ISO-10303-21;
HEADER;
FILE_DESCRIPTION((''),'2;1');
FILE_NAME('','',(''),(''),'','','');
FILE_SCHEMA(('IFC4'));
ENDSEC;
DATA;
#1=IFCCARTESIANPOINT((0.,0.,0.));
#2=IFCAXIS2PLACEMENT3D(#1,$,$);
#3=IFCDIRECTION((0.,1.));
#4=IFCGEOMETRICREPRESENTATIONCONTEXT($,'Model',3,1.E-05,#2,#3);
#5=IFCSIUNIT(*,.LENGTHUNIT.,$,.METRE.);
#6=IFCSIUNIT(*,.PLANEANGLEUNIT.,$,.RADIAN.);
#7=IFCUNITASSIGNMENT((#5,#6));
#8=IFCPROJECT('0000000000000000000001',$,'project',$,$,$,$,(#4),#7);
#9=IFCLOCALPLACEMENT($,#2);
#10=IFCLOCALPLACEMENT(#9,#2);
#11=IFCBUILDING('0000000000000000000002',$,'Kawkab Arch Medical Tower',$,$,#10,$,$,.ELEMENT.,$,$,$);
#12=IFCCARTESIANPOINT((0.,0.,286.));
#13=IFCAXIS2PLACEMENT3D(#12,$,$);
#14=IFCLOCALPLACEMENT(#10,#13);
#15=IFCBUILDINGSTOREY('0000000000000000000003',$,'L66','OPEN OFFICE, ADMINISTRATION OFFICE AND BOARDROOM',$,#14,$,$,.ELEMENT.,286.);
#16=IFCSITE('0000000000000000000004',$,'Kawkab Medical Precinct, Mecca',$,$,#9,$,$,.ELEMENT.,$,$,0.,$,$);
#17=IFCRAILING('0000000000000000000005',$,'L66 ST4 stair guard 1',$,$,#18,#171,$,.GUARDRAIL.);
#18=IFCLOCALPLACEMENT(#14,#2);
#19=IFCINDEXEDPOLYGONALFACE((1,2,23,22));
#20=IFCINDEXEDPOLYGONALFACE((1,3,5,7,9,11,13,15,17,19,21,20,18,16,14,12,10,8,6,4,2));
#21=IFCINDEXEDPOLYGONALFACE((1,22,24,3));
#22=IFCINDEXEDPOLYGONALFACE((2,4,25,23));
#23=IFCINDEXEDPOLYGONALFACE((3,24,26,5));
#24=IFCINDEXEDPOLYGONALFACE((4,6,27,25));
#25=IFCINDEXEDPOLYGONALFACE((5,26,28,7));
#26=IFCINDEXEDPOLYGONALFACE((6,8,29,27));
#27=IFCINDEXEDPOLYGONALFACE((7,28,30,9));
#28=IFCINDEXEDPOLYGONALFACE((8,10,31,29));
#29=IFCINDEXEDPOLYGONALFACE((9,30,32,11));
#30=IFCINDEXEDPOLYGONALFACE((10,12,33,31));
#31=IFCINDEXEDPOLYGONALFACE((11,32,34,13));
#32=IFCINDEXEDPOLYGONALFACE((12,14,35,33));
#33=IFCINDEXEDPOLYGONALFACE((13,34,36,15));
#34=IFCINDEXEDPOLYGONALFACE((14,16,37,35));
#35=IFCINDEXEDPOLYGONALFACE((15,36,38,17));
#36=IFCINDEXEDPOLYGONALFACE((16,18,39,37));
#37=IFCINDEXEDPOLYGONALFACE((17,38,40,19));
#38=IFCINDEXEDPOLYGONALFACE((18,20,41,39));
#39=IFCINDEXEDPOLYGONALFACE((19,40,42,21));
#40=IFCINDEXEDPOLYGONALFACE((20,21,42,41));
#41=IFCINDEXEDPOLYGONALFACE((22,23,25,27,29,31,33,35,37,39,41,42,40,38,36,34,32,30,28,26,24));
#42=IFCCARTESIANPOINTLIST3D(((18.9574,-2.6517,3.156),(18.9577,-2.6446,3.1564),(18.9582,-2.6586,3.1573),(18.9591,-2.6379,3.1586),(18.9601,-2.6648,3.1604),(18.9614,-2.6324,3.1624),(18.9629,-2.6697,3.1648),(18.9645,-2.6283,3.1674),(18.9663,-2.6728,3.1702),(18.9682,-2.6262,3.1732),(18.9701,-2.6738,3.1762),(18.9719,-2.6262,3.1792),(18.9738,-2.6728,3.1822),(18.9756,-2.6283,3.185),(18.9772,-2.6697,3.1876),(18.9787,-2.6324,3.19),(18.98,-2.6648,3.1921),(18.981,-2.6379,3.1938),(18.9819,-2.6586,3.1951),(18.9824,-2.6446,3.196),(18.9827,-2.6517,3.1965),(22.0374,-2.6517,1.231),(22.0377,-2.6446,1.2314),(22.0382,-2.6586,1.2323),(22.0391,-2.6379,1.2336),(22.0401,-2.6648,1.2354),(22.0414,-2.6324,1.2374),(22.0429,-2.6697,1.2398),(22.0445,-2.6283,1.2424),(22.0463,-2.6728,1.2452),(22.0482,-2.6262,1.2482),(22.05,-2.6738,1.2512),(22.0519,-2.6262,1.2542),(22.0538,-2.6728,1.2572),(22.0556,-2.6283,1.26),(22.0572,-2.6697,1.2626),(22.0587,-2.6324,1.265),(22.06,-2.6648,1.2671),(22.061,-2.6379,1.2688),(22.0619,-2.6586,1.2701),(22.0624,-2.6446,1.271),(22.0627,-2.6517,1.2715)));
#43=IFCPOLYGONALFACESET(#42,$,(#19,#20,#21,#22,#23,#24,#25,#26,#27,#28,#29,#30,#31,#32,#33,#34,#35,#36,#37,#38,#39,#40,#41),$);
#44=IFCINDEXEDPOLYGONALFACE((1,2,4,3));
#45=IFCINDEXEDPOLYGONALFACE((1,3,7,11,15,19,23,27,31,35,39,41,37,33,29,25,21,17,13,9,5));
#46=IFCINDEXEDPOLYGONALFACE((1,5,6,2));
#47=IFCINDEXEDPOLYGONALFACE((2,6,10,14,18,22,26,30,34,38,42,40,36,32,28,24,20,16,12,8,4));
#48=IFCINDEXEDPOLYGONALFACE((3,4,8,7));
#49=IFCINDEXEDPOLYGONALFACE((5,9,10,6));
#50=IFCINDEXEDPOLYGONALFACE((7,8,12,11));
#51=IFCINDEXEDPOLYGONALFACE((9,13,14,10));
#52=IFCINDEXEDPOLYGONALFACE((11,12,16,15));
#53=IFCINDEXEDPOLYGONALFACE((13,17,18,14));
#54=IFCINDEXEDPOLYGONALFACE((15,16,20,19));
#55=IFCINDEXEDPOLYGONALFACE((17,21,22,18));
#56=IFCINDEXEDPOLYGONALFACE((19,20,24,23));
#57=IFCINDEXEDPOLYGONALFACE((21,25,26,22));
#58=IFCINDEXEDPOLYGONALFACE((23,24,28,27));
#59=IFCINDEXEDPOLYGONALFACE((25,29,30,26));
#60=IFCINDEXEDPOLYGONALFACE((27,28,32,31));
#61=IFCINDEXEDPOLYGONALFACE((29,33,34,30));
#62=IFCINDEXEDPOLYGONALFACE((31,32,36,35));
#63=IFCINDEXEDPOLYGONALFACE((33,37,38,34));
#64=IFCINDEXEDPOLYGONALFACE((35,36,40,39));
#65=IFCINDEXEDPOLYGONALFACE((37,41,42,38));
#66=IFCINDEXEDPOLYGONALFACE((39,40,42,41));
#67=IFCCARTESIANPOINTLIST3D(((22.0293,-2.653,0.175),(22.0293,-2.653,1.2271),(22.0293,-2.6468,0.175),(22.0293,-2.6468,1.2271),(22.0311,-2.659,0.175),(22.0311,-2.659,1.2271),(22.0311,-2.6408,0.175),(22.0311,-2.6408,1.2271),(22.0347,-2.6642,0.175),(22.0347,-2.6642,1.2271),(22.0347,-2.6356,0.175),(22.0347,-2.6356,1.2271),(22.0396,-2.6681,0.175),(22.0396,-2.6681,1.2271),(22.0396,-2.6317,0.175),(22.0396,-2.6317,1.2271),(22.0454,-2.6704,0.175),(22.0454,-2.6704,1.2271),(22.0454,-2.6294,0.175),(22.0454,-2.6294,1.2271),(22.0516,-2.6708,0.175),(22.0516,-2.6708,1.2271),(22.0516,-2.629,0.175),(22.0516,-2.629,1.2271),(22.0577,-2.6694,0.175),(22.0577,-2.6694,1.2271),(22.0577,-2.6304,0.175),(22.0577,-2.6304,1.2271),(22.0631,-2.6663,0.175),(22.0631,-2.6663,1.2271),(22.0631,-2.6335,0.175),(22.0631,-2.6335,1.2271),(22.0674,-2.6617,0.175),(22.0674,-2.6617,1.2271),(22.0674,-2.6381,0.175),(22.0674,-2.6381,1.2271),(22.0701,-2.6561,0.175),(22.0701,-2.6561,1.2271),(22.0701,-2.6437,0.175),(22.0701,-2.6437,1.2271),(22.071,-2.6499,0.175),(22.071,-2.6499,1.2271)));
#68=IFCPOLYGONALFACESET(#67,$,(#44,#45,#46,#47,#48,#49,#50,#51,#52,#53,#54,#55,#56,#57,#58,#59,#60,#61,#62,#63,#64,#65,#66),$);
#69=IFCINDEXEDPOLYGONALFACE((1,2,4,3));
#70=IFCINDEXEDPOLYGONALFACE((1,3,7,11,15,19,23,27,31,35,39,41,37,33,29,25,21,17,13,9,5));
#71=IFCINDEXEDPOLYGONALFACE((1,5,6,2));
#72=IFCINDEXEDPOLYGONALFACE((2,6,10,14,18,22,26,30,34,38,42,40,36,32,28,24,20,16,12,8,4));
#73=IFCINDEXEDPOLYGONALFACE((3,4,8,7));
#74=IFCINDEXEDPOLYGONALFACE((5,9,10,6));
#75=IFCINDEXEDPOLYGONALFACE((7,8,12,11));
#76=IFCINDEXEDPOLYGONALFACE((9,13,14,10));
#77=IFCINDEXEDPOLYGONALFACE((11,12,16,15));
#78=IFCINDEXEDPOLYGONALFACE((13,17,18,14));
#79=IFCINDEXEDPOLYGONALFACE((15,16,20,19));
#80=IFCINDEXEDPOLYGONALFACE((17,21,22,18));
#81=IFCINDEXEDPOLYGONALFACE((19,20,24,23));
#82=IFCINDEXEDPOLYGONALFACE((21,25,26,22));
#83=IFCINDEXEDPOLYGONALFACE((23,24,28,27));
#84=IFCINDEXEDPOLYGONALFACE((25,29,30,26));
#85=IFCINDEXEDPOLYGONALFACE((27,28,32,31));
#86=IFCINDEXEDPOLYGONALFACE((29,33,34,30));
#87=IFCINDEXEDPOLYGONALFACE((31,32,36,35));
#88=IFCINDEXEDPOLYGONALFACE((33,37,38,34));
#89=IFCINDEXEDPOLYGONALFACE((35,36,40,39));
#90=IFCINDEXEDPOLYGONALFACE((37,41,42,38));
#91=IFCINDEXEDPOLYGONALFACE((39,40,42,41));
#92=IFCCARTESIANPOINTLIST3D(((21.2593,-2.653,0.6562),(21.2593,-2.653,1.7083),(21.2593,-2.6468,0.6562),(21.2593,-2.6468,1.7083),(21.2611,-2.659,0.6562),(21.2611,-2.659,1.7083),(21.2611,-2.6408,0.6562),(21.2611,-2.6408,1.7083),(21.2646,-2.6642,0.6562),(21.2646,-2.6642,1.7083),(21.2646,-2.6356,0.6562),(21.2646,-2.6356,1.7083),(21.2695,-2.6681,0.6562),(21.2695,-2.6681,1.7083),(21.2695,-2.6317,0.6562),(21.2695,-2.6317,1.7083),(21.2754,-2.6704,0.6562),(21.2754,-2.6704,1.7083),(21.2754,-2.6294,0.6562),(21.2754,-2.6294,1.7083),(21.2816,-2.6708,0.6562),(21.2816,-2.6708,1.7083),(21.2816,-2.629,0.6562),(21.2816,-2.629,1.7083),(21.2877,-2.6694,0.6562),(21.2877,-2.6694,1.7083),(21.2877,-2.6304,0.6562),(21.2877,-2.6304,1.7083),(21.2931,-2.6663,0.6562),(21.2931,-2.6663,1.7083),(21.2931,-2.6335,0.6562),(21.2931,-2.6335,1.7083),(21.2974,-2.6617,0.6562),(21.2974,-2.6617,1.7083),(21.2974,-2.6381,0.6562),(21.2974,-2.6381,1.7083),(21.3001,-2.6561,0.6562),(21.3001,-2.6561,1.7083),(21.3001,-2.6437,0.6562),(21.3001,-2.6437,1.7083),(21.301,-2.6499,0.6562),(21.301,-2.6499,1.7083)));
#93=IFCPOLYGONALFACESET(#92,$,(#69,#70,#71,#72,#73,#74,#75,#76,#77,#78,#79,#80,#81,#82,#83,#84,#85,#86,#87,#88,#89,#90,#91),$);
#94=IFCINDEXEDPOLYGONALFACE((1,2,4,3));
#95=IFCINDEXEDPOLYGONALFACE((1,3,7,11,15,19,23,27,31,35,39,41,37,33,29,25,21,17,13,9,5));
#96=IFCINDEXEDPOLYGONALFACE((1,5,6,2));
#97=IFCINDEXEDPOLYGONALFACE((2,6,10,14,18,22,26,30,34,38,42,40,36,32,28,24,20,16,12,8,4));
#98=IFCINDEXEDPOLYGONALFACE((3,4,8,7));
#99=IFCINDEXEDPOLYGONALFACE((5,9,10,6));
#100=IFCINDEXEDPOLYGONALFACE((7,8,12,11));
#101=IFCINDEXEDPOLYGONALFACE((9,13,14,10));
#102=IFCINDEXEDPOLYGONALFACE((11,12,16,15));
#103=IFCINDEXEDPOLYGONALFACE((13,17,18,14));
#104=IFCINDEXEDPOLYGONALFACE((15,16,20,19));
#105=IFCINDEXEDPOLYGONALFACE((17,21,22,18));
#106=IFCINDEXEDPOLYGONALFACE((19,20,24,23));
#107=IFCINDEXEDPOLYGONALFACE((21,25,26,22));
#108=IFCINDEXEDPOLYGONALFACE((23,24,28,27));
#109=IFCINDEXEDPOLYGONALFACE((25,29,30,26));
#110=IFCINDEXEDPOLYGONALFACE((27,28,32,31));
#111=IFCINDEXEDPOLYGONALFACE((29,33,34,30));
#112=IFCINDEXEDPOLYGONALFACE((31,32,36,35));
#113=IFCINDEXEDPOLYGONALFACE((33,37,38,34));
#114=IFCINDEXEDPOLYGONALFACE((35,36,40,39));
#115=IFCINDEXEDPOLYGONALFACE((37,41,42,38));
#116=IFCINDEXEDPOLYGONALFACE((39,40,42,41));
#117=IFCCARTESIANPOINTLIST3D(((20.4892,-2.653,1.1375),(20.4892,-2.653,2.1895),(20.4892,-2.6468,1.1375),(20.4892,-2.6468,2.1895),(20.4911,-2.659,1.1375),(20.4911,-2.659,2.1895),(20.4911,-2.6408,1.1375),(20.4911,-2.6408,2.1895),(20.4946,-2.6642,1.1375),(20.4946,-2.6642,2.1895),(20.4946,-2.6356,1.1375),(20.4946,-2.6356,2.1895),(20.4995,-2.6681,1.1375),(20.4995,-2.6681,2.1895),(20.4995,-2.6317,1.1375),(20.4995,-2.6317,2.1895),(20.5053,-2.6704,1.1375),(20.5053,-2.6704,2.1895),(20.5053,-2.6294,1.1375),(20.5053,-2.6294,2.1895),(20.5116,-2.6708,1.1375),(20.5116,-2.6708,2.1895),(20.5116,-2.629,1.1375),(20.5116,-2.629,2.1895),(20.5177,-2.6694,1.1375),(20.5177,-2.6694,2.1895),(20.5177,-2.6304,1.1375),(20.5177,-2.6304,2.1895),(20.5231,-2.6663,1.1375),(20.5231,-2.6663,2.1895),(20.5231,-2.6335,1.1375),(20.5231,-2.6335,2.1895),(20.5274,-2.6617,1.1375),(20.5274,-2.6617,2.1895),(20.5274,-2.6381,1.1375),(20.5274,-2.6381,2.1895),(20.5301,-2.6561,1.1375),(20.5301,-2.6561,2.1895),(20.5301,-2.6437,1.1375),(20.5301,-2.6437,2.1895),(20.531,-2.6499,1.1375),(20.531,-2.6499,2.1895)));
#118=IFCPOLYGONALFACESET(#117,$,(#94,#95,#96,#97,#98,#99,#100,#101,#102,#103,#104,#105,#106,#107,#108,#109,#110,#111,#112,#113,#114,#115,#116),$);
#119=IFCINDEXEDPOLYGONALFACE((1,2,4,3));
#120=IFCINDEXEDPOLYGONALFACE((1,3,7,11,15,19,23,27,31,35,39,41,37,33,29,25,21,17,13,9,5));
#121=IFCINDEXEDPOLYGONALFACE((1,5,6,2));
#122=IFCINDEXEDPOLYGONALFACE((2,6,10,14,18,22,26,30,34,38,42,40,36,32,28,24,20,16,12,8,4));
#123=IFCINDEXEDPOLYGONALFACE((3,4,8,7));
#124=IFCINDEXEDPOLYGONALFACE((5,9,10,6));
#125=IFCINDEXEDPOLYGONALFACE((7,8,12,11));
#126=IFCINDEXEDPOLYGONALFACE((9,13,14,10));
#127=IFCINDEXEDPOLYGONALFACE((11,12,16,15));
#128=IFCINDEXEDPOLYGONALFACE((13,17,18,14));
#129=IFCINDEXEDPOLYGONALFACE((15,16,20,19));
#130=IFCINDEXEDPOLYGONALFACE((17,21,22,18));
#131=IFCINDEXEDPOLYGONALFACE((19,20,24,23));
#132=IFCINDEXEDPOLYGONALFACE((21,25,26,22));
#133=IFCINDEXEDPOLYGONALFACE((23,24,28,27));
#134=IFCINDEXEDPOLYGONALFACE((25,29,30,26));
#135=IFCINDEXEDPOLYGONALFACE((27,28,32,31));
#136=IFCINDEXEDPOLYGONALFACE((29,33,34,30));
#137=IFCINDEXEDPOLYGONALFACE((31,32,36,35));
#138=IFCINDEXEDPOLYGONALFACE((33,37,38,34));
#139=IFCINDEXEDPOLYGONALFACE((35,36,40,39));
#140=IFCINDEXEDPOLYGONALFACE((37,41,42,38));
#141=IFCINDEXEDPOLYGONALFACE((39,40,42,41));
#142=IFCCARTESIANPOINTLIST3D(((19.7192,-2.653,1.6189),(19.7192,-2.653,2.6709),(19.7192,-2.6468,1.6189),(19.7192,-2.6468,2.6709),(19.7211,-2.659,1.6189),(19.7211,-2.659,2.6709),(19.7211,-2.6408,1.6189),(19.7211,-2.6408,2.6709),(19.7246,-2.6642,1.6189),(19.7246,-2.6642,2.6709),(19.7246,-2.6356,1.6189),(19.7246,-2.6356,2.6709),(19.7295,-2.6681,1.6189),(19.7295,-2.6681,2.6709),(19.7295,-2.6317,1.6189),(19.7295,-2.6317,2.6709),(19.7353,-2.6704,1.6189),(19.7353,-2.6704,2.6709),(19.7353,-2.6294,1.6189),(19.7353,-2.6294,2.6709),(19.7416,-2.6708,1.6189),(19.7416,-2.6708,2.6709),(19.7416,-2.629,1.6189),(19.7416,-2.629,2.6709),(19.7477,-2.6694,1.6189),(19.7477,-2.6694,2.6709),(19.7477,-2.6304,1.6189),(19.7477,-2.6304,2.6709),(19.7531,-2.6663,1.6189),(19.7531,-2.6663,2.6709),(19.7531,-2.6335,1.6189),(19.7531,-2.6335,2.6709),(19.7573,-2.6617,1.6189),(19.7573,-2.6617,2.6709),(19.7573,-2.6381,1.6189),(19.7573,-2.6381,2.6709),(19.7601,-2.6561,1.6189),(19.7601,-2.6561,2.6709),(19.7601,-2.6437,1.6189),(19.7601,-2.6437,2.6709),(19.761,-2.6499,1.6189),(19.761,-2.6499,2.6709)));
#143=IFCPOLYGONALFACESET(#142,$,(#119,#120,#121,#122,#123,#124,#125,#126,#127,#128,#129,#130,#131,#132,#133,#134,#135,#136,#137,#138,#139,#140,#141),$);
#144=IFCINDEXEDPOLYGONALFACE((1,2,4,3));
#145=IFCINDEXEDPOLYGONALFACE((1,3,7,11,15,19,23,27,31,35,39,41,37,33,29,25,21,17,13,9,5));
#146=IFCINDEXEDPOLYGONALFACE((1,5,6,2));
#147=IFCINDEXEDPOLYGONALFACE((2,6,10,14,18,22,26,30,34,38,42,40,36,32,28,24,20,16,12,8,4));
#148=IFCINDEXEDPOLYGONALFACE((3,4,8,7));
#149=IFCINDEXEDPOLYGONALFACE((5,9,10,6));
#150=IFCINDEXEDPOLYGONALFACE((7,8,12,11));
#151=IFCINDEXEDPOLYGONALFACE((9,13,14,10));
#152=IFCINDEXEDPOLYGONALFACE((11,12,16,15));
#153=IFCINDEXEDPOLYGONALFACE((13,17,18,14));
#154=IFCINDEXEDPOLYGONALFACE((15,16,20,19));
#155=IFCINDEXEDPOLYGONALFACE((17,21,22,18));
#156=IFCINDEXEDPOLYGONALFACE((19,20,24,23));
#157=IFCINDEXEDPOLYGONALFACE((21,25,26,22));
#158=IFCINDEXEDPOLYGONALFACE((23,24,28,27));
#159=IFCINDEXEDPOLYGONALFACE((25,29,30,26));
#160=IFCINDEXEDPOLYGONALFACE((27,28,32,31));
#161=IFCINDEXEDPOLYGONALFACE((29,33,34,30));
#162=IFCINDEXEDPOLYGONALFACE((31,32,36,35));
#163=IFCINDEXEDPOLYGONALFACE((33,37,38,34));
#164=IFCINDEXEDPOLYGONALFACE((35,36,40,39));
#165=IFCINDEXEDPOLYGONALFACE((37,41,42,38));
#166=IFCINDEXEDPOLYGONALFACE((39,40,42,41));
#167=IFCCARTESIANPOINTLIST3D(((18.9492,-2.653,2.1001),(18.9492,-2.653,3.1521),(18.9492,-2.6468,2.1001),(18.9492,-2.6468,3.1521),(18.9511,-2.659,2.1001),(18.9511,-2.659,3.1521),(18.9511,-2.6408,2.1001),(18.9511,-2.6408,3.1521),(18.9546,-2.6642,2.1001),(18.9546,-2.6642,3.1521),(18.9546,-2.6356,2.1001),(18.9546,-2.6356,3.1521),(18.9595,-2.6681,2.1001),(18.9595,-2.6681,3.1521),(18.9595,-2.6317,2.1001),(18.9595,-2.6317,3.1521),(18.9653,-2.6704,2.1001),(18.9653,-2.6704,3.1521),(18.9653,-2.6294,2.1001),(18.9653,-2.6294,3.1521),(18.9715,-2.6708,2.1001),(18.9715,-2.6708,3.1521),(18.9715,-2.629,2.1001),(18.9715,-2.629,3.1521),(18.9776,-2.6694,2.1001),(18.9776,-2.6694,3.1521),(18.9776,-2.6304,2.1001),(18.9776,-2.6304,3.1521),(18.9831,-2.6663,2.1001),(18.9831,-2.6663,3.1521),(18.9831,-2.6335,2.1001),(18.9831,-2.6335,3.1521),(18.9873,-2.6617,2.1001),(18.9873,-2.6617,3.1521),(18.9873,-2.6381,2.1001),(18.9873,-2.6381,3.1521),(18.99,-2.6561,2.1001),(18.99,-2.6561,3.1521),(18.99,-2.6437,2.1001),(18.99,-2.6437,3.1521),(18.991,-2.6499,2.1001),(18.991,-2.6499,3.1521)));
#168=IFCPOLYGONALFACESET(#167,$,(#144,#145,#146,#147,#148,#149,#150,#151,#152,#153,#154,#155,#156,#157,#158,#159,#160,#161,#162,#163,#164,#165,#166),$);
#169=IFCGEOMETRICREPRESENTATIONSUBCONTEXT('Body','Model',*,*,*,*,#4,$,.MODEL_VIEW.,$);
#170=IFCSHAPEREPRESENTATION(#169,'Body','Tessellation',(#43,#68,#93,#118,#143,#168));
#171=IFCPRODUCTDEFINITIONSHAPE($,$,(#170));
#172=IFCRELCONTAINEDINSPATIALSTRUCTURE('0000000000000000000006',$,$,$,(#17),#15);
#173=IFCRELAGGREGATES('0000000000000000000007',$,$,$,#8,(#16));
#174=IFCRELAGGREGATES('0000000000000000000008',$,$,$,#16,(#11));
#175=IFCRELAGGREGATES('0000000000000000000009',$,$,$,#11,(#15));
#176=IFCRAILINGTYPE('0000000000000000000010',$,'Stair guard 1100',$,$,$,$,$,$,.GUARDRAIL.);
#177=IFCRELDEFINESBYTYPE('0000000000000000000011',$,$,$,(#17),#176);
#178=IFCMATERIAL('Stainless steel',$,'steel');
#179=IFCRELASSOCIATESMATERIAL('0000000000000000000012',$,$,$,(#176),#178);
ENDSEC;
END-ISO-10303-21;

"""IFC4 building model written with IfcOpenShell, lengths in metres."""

from ifc_helpers import new_model, si_unit, direction, frame, origin, origin_2d, place, context, subcontext, project, spatial, circle, extrude, material, type_object, element, save


model = new_model("IFC4")

# Units and contexts
model_context = context("Model", 3, precision=1e-05, world=origin(), true_north=direction((0.0, 1.0)))
body_context = subcontext(model_context, "Body", "Model", "MODEL_VIEW")
ifc_project = project(units=[si_unit("LENGTHUNIT", "METRE"), si_unit("PLANEANGLEUNIT", "RADIAN")], contexts=[model_context])

# Site, building, storey
site_placement = place(None, origin())
site = spatial("IfcSite", under=ifc_project, at=site_placement, Name="Kawkab Medical Precinct, Mecca", CompositionType="ELEMENT", RefElevation=0.0)
building_placement = place(site_placement, origin())
building = spatial("IfcBuilding", under=site, at=building_placement, Name="Kawkab Arch Medical Tower", CompositionType="ELEMENT")
storey_placement = place(building_placement, frame((0.0, 0.0, 286.0)))
storey = spatial("IfcBuildingStorey", under=building, at=storey_placement, Name="L66", Description="OPEN OFFICE, ADMINISTRATION OFFICE AND BOARDROOM", CompositionType="ELEMENT", Elevation=286.0)

# Railing
ifc_material_1 = material(Name="Stainless steel", Category="steel")
railing_type_1 = type_object("IfcRailingType", Name="Stair guard 1100", PredefinedType="GUARDRAIL", material=ifc_material_1)
railing_1_placement = place(storey_placement, frame((22.05, -2.6499, 0.175)))
element("IfcRailing", 1, at=railing_1_placement, inside=storey, type_object=railing_type_1, Name="L66 ST4 stair guard 1", PredefinedType="GUARDRAIL", context=body_context, shape_type="SweptSolid", body=[
    extrude(circle(Radius=0.0239, at=origin_2d()), frame((0.0, 0.0, 1.0762), z_axis=(-0.847998, 0.0, 0.529999), x_axis=(0.0, -1.0, 0.0)), (0.0, 0.0, 1.0), 3.6321),
    extrude(circle(Radius=0.021, at=origin_2d()), origin(), (0.0, 0.0, 1.0), 1.052),
    extrude(circle(Radius=0.021, at=origin_2d()), frame((-0.77, 0.0, 0.4812)), (0.0, 0.0, 1.0), 1.052),
    extrude(circle(Radius=0.021, at=origin_2d()), frame((-1.54, 0.0, 0.9624)), (0.0, 0.0, 1.0), 1.052),
    extrude(circle(Radius=0.021, at=origin_2d()), frame((-2.3101, 0.0, 1.4438)), (0.0, 0.0, 1.0), 1.052),
    extrude(circle(Radius=0.021, at=origin_2d()), frame((-3.0801, 0.0, 1.925)), (0.0, 0.0, 1.0), 1.052),
])

save(model, "model.ifc")
